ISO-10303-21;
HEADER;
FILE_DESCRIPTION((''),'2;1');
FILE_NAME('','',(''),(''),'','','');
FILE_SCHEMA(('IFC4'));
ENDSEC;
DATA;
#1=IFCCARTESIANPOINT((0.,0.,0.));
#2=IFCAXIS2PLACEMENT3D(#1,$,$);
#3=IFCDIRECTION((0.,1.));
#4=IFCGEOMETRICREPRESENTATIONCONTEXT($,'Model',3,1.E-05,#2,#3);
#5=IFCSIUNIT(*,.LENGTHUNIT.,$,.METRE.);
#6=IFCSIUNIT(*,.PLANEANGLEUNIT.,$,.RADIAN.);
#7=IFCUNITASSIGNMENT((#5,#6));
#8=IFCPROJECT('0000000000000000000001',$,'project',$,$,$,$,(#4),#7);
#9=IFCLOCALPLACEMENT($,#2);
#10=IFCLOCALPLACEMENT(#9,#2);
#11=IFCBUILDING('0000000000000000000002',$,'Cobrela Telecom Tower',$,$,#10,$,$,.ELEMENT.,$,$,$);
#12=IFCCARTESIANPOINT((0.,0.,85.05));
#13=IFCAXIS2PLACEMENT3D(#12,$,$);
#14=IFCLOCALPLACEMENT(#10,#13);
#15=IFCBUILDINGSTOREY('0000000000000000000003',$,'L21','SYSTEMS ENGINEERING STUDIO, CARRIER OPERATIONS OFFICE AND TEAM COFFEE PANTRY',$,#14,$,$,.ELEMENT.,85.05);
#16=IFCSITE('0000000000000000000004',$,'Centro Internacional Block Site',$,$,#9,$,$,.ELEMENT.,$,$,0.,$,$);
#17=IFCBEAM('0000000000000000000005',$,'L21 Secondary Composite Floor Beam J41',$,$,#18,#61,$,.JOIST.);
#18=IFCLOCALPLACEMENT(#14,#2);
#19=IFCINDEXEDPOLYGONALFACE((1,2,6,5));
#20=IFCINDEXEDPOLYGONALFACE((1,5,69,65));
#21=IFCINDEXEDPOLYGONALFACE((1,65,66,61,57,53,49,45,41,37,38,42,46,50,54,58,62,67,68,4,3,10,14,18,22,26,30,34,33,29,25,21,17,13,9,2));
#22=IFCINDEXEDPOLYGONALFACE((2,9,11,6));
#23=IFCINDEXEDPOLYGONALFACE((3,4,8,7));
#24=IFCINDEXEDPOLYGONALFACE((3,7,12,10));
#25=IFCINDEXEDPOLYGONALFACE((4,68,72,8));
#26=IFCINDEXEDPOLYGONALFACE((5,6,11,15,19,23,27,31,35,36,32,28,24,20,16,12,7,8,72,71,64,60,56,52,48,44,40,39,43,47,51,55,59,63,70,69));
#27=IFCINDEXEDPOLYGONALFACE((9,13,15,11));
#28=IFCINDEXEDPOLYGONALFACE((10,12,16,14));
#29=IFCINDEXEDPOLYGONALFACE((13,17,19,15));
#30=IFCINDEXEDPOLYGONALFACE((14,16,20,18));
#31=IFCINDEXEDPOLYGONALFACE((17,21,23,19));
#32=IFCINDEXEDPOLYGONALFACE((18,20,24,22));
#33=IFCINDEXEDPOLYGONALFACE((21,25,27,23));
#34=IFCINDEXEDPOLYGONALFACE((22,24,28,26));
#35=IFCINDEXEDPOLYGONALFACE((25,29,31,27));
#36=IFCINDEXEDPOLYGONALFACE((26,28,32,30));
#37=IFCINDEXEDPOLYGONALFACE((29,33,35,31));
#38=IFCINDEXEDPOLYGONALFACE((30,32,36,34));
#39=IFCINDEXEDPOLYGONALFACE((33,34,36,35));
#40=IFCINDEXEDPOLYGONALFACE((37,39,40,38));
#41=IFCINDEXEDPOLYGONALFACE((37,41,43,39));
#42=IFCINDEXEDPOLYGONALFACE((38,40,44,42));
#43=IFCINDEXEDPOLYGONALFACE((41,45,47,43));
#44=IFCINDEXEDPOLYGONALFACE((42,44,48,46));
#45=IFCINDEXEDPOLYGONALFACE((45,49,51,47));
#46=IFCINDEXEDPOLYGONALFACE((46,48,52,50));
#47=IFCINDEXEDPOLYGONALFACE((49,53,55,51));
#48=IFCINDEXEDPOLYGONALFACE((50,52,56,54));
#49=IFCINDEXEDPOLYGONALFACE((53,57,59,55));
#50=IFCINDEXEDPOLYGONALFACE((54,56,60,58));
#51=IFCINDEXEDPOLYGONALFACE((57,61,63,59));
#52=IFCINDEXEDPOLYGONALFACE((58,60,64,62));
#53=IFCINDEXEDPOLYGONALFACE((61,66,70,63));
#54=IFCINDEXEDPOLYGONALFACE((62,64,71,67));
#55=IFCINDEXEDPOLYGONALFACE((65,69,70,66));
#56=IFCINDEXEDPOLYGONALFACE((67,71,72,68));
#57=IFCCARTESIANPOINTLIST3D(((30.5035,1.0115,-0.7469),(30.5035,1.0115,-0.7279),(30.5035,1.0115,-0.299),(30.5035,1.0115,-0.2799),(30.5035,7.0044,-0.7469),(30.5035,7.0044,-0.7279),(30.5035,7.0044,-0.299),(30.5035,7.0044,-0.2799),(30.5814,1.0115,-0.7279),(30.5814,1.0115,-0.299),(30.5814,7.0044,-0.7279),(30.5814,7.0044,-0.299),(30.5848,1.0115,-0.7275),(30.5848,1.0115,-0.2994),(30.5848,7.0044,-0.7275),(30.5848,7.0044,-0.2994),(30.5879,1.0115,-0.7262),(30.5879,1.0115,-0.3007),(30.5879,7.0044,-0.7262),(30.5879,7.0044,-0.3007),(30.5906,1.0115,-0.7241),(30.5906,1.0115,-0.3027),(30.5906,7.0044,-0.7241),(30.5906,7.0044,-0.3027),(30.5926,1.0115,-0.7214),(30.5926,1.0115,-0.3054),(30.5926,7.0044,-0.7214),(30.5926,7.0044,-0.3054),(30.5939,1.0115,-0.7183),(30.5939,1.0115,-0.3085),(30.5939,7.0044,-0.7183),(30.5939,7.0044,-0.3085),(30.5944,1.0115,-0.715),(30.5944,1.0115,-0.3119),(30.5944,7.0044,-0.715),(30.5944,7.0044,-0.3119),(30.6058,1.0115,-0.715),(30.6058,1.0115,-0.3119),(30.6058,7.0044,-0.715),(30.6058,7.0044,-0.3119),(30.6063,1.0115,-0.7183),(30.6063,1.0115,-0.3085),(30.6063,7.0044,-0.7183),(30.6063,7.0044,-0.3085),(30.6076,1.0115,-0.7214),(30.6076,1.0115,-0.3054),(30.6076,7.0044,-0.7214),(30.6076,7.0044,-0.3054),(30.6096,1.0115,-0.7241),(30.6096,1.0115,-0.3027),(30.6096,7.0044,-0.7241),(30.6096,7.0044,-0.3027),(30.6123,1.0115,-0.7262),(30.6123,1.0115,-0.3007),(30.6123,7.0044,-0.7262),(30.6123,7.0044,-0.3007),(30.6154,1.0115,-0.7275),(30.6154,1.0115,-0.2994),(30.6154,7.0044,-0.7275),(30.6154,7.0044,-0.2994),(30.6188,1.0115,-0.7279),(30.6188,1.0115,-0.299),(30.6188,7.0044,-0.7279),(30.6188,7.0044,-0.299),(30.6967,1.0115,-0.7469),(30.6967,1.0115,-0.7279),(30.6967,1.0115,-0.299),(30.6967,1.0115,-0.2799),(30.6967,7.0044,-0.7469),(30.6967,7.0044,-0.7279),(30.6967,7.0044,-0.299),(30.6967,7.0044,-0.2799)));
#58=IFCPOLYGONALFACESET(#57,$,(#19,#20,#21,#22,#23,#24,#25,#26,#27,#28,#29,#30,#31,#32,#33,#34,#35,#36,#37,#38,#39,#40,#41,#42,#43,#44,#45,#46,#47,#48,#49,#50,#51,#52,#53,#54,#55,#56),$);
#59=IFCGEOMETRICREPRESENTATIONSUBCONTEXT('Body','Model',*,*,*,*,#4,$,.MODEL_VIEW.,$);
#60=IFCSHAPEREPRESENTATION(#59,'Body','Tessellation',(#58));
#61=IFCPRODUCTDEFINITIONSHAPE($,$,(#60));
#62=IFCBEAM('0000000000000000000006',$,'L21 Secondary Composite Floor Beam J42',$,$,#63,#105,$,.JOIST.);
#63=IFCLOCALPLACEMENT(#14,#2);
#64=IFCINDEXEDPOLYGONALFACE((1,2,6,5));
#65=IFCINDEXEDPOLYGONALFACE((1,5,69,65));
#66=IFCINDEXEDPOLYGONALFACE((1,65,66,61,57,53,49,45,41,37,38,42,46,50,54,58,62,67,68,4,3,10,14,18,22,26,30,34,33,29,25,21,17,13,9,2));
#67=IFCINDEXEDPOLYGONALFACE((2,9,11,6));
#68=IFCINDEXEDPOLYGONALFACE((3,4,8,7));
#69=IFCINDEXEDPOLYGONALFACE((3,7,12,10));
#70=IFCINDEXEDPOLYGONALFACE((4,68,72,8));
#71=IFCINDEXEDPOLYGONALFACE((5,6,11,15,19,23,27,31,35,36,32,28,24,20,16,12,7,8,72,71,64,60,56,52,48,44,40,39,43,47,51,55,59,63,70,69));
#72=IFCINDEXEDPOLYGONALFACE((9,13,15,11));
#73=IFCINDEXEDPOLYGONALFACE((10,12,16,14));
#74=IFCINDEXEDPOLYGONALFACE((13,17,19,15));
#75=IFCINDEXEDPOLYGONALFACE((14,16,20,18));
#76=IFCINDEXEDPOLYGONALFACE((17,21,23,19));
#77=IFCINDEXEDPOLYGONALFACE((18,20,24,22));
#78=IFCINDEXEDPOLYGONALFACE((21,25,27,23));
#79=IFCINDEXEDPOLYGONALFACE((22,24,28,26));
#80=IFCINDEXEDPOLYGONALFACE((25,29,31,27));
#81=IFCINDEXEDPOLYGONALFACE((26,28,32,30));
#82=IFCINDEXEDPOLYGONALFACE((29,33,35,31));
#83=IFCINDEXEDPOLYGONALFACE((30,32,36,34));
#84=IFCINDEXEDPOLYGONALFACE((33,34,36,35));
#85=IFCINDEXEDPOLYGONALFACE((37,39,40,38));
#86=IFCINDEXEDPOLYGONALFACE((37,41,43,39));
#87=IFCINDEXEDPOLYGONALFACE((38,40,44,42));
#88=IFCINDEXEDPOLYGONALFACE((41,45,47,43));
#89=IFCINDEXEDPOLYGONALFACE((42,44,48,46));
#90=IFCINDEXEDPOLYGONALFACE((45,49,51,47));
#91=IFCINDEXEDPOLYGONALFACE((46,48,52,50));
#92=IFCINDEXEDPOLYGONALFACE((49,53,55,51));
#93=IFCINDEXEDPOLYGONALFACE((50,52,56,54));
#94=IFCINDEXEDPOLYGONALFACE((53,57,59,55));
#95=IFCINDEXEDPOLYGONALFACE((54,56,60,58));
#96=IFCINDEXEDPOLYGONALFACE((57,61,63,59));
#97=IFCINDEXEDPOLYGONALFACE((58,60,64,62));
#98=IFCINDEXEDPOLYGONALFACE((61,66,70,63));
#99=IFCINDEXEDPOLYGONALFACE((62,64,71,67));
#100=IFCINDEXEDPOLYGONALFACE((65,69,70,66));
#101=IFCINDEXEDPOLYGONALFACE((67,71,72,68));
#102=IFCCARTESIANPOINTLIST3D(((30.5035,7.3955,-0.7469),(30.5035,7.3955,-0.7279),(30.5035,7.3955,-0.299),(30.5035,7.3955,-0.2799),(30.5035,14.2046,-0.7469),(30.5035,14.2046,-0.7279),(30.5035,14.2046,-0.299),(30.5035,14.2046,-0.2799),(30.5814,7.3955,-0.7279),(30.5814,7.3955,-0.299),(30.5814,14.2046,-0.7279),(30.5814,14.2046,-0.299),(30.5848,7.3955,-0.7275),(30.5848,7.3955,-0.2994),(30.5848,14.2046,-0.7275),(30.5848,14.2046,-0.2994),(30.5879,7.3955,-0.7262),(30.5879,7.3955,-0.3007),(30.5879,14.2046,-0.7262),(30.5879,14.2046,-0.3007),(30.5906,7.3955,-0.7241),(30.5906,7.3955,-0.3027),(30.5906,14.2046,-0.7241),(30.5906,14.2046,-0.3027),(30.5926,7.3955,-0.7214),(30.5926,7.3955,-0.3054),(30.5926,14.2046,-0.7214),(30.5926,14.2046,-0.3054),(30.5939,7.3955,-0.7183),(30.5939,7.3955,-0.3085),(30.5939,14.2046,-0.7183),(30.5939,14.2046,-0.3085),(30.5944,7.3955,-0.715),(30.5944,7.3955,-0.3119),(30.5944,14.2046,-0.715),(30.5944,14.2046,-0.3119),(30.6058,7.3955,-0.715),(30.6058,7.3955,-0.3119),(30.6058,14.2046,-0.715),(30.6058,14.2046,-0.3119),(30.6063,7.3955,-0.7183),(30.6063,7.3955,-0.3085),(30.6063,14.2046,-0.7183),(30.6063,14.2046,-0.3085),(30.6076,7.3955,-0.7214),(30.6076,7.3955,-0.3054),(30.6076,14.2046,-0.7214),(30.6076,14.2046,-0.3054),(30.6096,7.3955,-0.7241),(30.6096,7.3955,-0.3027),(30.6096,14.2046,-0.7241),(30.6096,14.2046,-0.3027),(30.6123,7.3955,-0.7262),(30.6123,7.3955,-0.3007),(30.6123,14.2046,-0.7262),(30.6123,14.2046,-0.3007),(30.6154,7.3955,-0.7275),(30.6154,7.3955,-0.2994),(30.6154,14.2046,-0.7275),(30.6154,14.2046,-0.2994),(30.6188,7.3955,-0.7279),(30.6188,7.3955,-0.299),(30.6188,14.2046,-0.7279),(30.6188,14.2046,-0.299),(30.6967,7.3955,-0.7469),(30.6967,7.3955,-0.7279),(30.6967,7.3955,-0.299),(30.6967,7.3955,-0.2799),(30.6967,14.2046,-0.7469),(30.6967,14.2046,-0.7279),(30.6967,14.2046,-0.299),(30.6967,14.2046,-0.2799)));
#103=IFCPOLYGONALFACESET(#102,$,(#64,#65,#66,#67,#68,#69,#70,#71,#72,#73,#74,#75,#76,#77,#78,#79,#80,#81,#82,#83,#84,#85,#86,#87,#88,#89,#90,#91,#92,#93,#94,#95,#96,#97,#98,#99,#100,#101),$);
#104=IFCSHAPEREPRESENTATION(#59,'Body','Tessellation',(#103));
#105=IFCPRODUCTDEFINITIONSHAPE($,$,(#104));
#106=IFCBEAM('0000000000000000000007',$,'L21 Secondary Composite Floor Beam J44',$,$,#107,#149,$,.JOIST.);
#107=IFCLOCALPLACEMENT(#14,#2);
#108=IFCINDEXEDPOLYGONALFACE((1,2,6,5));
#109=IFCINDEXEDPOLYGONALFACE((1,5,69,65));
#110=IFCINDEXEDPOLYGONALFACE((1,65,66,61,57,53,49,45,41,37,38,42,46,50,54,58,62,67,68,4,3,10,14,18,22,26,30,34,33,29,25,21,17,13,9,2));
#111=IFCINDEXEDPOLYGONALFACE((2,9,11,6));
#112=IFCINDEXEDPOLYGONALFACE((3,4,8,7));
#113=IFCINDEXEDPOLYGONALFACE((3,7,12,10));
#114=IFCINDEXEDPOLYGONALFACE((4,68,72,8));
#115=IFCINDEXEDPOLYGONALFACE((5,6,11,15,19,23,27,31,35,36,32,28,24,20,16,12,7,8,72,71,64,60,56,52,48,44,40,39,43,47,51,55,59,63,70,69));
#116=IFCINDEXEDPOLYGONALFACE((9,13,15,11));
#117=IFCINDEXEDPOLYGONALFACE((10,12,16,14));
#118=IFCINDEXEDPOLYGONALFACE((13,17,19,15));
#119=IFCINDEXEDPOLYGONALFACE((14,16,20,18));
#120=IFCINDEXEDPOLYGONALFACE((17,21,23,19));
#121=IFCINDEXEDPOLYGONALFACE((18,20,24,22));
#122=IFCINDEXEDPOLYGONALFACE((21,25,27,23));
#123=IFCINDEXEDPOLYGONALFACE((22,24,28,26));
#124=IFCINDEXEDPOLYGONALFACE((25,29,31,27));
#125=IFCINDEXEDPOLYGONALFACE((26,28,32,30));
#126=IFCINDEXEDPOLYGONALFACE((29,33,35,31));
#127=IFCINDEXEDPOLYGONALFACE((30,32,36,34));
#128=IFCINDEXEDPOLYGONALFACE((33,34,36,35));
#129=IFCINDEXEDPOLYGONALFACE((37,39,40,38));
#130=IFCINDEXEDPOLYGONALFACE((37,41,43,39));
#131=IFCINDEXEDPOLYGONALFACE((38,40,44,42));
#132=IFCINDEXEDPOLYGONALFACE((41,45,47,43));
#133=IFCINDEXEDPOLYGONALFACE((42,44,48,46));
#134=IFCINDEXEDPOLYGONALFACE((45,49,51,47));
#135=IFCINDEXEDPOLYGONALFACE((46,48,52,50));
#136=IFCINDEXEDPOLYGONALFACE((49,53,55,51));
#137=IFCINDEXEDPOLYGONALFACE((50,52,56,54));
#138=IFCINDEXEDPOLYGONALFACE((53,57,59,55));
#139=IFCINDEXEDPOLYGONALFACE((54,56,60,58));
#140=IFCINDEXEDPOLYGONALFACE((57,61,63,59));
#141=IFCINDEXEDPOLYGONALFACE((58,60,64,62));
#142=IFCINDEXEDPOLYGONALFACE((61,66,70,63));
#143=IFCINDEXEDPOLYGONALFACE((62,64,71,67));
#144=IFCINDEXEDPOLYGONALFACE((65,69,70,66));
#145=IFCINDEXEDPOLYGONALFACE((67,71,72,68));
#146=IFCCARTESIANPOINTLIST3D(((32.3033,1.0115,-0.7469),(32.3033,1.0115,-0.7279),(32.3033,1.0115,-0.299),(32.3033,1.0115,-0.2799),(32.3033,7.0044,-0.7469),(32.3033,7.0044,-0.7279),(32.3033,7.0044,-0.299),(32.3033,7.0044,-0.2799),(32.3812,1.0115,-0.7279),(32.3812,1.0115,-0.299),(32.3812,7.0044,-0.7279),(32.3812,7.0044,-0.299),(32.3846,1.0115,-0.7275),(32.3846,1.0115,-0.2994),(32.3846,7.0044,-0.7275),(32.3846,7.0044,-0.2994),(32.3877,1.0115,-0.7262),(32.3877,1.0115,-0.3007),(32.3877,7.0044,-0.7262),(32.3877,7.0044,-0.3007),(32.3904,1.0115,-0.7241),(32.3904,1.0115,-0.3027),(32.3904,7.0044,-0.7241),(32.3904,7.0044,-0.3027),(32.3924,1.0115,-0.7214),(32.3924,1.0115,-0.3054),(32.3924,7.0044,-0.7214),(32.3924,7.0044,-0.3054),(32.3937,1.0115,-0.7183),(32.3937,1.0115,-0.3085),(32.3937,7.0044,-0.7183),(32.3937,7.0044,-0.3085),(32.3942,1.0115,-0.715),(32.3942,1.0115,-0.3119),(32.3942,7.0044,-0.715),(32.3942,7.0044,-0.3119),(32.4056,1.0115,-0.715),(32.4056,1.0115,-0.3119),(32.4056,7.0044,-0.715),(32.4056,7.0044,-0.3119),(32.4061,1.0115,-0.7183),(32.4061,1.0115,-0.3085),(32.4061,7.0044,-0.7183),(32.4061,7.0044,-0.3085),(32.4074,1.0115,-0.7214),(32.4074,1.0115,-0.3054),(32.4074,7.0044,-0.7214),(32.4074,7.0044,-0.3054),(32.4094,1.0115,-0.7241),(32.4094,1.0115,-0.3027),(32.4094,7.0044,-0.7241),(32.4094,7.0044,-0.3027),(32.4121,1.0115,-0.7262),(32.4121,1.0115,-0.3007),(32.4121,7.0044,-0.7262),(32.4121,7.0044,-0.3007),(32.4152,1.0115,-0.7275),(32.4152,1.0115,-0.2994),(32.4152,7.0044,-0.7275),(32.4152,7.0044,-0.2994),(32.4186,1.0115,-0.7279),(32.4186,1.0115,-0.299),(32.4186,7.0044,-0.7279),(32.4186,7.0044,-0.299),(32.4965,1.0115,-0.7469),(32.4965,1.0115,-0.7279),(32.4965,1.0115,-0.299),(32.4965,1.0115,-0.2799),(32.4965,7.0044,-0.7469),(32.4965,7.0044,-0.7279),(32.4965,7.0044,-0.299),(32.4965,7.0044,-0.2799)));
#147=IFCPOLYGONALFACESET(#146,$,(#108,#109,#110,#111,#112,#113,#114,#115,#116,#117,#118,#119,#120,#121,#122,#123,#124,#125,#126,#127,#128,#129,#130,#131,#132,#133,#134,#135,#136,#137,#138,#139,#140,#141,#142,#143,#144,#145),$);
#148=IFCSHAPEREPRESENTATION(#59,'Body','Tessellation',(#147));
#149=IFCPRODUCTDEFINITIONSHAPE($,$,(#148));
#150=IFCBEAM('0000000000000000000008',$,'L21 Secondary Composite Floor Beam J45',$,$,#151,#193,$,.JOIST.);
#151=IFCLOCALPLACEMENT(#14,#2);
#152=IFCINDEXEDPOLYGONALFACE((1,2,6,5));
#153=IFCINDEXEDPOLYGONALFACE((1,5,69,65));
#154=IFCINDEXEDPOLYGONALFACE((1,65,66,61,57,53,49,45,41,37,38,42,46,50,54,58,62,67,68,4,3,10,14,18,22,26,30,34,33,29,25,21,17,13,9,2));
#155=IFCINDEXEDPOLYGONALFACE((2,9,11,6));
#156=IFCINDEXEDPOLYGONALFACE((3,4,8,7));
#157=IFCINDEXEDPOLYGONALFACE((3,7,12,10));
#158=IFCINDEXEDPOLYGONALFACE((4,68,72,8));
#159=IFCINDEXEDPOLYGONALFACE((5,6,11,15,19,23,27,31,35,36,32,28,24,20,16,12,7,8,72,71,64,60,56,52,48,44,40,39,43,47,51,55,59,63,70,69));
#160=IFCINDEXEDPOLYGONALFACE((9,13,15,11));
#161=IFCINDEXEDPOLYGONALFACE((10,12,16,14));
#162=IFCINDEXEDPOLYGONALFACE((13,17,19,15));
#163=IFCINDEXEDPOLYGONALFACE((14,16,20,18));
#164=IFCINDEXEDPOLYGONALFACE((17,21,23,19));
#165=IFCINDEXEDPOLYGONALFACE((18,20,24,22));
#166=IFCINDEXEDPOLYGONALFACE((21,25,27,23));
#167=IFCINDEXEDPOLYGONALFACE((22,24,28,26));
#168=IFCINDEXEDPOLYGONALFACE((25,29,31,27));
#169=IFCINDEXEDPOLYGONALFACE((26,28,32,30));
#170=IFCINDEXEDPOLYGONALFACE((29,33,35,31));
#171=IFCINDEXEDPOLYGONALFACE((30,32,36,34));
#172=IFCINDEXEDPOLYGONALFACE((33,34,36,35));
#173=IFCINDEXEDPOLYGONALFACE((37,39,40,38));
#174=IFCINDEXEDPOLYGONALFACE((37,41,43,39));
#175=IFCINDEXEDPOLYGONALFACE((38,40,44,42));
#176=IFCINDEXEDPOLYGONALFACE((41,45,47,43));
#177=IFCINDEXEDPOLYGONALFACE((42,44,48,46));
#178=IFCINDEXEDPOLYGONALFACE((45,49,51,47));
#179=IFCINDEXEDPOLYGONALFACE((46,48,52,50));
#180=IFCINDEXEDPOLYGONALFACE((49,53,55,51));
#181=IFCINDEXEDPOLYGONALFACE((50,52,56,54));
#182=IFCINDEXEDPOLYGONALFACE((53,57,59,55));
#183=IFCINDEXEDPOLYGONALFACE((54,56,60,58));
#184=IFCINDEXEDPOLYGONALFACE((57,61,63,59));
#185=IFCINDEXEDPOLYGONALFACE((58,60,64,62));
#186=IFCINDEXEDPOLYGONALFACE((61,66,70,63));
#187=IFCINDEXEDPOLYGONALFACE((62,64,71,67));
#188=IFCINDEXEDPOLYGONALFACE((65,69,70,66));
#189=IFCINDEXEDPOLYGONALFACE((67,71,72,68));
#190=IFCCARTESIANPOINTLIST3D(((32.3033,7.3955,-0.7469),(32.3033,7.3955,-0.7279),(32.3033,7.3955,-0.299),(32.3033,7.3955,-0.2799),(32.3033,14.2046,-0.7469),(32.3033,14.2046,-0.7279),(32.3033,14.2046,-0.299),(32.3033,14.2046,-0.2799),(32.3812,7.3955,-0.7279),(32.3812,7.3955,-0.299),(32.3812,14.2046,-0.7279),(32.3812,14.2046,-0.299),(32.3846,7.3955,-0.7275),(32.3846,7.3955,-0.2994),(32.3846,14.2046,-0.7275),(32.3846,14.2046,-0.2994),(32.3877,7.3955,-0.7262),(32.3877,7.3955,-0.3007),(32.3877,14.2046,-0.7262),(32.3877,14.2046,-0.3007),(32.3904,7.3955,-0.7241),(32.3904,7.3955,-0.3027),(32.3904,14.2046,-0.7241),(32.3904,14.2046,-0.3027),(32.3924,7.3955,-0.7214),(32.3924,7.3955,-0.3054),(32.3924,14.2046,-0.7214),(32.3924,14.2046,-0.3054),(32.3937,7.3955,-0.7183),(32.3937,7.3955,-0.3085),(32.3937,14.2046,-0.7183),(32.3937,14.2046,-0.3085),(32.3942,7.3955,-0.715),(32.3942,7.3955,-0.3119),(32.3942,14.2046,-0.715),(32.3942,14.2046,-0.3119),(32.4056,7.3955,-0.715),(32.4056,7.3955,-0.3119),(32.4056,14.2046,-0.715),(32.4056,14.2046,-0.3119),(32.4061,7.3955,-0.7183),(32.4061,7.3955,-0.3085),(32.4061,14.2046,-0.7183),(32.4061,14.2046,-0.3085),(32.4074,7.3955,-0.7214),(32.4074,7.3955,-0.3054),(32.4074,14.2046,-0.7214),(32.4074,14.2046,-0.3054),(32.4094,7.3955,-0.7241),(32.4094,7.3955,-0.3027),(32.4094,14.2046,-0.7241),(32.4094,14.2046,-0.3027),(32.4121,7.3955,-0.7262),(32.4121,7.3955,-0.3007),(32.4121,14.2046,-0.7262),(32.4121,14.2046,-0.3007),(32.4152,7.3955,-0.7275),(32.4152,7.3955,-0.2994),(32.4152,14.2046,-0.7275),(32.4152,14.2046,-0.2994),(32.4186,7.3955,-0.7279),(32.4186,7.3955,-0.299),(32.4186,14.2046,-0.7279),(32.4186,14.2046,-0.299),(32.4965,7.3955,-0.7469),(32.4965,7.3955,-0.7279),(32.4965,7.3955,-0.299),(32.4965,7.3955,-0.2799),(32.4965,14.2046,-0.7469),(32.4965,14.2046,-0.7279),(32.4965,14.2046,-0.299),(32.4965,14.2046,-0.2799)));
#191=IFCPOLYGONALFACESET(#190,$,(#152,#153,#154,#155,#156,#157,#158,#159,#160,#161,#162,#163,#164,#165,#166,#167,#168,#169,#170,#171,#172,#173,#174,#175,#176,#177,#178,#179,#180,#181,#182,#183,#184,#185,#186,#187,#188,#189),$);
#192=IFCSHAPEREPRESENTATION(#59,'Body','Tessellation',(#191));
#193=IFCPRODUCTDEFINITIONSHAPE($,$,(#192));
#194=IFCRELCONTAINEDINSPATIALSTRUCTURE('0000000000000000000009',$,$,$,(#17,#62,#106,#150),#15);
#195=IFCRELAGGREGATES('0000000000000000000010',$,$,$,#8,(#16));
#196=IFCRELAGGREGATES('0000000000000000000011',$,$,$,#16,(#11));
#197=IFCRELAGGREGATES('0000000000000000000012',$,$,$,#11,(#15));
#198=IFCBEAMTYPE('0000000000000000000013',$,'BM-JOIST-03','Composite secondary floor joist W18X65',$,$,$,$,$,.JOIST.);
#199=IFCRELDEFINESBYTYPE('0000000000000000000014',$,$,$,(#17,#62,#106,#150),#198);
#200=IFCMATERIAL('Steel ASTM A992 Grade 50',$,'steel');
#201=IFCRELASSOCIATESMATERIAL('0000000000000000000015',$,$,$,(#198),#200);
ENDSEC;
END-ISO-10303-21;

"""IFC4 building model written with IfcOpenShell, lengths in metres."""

from ifc_helpers import new_model, si_unit, direction, frame, origin, origin_2d, place, context, subcontext, project, spatial, i_section, extrude, material, material_profile, profile_set, type_object, element, save


model = new_model("IFC4")

# Units and contexts
model_context = context("Model", 3, precision=1e-05, world=origin(), true_north=direction((0.0, 1.0)))
body_context = subcontext(model_context, "Body", "Model", "MODEL_VIEW")
ifc_project = project(units=[si_unit("LENGTHUNIT", "METRE"), si_unit("PLANEANGLEUNIT", "RADIAN")], contexts=[model_context])

# Site, building, storey
site_placement = place(None, origin())
site = spatial("IfcSite", under=ifc_project, at=site_placement, Name="Centro Internacional Block Site", CompositionType="ELEMENT", RefElevation=0.0)
building_placement = place(site_placement, origin())
building = spatial("IfcBuilding", under=site, at=building_placement, Name="Cobrela Telecom Tower", CompositionType="ELEMENT")
storey_placement = place(building_placement, frame((0.0, 0.0, 85.05)))
storey = spatial("IfcBuildingStorey", under=building, at=storey_placement, Name="L21", Description="SYSTEMS ENGINEERING STUDIO, CARRIER OPERATIONS OFFICE AND TEAM COFFEE PANTRY", CompositionType="ELEMENT", Elevation=85.05)

# Shared definitions
ifc_material_1 = material(Name="Steel ASTM A992 Grade 50", Category="steel")

# Beams
ifc_material_profile_1 = material_profile(ifc_material_1, i_section(OverallWidth=0.1931, OverallDepth=0.467, WebThickness=0.0115, FlangeThickness=0.019, FilletRadius=0.0129, at=origin_2d()), Name="W18X65")
ifc_profile_set_1 = profile_set([ifc_material_profile_1], Name="Steel ASTM A992 Grade 50")
beam_type_1 = type_object("IfcBeamType", Name="BM-JOIST-03", Description="Composite secondary floor joist W18X65", PredefinedType="JOIST", material=ifc_profile_set_1)
beam_1_placement = place(storey_placement, frame((30.6001, 1.0115, -0.5134), z_axis=(0.0, 1.0, 0.0), x_axis=(-1.0, 0.0, 0.0)))
element("IfcBeam", 1, at=beam_1_placement, inside=storey, type_object=beam_type_1, Name="L21 Secondary Composite Floor Beam J41", PredefinedType="JOIST", context=body_context, shape_type="SweptSolid", body=[
    extrude(i_section(OverallWidth=0.1931, OverallDepth=0.467, WebThickness=0.0115, FlangeThickness=0.019, FilletRadius=0.0129, at=origin_2d()), origin(), (0.0, 0.0, 1.0), 5.9929),
])
beam_2_placement = place(storey_placement, frame((30.6001, 7.3955, -0.5134), z_axis=(0.0, 1.0, 0.0), x_axis=(-1.0, 0.0, 0.0)))
element("IfcBeam", 2, at=beam_2_placement, inside=storey, type_object=beam_type_1, Name="L21 Secondary Composite Floor Beam J42", PredefinedType="JOIST", context=body_context, shape_type="SweptSolid", body=[
    extrude(i_section(OverallWidth=0.1931, OverallDepth=0.467, WebThickness=0.0115, FlangeThickness=0.019, FilletRadius=0.0129, at=origin_2d()), origin(), (0.0, 0.0, 1.0), 6.8091),
])
beam_3_placement = place(storey_placement, frame((32.3999, 1.0115, -0.5134), z_axis=(0.0, 1.0, 0.0), x_axis=(-1.0, 0.0, 0.0)))
element("IfcBeam", 3, at=beam_3_placement, inside=storey, type_object=beam_type_1, Name="L21 Secondary Composite Floor Beam J44", PredefinedType="JOIST", context=body_context, shape_type="SweptSolid", body=[
    extrude(i_section(OverallWidth=0.1931, OverallDepth=0.467, WebThickness=0.0115, FlangeThickness=0.019, FilletRadius=0.0129, at=origin_2d()), origin(), (0.0, 0.0, 1.0), 5.9929),
])
beam_4_placement = place(storey_placement, frame((32.3999, 7.3955, -0.5134), z_axis=(0.0, 1.0, 0.0), x_axis=(-1.0, 0.0, 0.0)))
element("IfcBeam", 4, at=beam_4_placement, inside=storey, type_object=beam_type_1, Name="L21 Secondary Composite Floor Beam J45", PredefinedType="JOIST", context=body_context, shape_type="SweptSolid", body=[
    extrude(i_section(OverallWidth=0.1931, OverallDepth=0.467, WebThickness=0.0115, FlangeThickness=0.019, FilletRadius=0.0129, at=origin_2d()), origin(), (0.0, 0.0, 1.0), 6.8091),
])

save(model, "model.ifc")
